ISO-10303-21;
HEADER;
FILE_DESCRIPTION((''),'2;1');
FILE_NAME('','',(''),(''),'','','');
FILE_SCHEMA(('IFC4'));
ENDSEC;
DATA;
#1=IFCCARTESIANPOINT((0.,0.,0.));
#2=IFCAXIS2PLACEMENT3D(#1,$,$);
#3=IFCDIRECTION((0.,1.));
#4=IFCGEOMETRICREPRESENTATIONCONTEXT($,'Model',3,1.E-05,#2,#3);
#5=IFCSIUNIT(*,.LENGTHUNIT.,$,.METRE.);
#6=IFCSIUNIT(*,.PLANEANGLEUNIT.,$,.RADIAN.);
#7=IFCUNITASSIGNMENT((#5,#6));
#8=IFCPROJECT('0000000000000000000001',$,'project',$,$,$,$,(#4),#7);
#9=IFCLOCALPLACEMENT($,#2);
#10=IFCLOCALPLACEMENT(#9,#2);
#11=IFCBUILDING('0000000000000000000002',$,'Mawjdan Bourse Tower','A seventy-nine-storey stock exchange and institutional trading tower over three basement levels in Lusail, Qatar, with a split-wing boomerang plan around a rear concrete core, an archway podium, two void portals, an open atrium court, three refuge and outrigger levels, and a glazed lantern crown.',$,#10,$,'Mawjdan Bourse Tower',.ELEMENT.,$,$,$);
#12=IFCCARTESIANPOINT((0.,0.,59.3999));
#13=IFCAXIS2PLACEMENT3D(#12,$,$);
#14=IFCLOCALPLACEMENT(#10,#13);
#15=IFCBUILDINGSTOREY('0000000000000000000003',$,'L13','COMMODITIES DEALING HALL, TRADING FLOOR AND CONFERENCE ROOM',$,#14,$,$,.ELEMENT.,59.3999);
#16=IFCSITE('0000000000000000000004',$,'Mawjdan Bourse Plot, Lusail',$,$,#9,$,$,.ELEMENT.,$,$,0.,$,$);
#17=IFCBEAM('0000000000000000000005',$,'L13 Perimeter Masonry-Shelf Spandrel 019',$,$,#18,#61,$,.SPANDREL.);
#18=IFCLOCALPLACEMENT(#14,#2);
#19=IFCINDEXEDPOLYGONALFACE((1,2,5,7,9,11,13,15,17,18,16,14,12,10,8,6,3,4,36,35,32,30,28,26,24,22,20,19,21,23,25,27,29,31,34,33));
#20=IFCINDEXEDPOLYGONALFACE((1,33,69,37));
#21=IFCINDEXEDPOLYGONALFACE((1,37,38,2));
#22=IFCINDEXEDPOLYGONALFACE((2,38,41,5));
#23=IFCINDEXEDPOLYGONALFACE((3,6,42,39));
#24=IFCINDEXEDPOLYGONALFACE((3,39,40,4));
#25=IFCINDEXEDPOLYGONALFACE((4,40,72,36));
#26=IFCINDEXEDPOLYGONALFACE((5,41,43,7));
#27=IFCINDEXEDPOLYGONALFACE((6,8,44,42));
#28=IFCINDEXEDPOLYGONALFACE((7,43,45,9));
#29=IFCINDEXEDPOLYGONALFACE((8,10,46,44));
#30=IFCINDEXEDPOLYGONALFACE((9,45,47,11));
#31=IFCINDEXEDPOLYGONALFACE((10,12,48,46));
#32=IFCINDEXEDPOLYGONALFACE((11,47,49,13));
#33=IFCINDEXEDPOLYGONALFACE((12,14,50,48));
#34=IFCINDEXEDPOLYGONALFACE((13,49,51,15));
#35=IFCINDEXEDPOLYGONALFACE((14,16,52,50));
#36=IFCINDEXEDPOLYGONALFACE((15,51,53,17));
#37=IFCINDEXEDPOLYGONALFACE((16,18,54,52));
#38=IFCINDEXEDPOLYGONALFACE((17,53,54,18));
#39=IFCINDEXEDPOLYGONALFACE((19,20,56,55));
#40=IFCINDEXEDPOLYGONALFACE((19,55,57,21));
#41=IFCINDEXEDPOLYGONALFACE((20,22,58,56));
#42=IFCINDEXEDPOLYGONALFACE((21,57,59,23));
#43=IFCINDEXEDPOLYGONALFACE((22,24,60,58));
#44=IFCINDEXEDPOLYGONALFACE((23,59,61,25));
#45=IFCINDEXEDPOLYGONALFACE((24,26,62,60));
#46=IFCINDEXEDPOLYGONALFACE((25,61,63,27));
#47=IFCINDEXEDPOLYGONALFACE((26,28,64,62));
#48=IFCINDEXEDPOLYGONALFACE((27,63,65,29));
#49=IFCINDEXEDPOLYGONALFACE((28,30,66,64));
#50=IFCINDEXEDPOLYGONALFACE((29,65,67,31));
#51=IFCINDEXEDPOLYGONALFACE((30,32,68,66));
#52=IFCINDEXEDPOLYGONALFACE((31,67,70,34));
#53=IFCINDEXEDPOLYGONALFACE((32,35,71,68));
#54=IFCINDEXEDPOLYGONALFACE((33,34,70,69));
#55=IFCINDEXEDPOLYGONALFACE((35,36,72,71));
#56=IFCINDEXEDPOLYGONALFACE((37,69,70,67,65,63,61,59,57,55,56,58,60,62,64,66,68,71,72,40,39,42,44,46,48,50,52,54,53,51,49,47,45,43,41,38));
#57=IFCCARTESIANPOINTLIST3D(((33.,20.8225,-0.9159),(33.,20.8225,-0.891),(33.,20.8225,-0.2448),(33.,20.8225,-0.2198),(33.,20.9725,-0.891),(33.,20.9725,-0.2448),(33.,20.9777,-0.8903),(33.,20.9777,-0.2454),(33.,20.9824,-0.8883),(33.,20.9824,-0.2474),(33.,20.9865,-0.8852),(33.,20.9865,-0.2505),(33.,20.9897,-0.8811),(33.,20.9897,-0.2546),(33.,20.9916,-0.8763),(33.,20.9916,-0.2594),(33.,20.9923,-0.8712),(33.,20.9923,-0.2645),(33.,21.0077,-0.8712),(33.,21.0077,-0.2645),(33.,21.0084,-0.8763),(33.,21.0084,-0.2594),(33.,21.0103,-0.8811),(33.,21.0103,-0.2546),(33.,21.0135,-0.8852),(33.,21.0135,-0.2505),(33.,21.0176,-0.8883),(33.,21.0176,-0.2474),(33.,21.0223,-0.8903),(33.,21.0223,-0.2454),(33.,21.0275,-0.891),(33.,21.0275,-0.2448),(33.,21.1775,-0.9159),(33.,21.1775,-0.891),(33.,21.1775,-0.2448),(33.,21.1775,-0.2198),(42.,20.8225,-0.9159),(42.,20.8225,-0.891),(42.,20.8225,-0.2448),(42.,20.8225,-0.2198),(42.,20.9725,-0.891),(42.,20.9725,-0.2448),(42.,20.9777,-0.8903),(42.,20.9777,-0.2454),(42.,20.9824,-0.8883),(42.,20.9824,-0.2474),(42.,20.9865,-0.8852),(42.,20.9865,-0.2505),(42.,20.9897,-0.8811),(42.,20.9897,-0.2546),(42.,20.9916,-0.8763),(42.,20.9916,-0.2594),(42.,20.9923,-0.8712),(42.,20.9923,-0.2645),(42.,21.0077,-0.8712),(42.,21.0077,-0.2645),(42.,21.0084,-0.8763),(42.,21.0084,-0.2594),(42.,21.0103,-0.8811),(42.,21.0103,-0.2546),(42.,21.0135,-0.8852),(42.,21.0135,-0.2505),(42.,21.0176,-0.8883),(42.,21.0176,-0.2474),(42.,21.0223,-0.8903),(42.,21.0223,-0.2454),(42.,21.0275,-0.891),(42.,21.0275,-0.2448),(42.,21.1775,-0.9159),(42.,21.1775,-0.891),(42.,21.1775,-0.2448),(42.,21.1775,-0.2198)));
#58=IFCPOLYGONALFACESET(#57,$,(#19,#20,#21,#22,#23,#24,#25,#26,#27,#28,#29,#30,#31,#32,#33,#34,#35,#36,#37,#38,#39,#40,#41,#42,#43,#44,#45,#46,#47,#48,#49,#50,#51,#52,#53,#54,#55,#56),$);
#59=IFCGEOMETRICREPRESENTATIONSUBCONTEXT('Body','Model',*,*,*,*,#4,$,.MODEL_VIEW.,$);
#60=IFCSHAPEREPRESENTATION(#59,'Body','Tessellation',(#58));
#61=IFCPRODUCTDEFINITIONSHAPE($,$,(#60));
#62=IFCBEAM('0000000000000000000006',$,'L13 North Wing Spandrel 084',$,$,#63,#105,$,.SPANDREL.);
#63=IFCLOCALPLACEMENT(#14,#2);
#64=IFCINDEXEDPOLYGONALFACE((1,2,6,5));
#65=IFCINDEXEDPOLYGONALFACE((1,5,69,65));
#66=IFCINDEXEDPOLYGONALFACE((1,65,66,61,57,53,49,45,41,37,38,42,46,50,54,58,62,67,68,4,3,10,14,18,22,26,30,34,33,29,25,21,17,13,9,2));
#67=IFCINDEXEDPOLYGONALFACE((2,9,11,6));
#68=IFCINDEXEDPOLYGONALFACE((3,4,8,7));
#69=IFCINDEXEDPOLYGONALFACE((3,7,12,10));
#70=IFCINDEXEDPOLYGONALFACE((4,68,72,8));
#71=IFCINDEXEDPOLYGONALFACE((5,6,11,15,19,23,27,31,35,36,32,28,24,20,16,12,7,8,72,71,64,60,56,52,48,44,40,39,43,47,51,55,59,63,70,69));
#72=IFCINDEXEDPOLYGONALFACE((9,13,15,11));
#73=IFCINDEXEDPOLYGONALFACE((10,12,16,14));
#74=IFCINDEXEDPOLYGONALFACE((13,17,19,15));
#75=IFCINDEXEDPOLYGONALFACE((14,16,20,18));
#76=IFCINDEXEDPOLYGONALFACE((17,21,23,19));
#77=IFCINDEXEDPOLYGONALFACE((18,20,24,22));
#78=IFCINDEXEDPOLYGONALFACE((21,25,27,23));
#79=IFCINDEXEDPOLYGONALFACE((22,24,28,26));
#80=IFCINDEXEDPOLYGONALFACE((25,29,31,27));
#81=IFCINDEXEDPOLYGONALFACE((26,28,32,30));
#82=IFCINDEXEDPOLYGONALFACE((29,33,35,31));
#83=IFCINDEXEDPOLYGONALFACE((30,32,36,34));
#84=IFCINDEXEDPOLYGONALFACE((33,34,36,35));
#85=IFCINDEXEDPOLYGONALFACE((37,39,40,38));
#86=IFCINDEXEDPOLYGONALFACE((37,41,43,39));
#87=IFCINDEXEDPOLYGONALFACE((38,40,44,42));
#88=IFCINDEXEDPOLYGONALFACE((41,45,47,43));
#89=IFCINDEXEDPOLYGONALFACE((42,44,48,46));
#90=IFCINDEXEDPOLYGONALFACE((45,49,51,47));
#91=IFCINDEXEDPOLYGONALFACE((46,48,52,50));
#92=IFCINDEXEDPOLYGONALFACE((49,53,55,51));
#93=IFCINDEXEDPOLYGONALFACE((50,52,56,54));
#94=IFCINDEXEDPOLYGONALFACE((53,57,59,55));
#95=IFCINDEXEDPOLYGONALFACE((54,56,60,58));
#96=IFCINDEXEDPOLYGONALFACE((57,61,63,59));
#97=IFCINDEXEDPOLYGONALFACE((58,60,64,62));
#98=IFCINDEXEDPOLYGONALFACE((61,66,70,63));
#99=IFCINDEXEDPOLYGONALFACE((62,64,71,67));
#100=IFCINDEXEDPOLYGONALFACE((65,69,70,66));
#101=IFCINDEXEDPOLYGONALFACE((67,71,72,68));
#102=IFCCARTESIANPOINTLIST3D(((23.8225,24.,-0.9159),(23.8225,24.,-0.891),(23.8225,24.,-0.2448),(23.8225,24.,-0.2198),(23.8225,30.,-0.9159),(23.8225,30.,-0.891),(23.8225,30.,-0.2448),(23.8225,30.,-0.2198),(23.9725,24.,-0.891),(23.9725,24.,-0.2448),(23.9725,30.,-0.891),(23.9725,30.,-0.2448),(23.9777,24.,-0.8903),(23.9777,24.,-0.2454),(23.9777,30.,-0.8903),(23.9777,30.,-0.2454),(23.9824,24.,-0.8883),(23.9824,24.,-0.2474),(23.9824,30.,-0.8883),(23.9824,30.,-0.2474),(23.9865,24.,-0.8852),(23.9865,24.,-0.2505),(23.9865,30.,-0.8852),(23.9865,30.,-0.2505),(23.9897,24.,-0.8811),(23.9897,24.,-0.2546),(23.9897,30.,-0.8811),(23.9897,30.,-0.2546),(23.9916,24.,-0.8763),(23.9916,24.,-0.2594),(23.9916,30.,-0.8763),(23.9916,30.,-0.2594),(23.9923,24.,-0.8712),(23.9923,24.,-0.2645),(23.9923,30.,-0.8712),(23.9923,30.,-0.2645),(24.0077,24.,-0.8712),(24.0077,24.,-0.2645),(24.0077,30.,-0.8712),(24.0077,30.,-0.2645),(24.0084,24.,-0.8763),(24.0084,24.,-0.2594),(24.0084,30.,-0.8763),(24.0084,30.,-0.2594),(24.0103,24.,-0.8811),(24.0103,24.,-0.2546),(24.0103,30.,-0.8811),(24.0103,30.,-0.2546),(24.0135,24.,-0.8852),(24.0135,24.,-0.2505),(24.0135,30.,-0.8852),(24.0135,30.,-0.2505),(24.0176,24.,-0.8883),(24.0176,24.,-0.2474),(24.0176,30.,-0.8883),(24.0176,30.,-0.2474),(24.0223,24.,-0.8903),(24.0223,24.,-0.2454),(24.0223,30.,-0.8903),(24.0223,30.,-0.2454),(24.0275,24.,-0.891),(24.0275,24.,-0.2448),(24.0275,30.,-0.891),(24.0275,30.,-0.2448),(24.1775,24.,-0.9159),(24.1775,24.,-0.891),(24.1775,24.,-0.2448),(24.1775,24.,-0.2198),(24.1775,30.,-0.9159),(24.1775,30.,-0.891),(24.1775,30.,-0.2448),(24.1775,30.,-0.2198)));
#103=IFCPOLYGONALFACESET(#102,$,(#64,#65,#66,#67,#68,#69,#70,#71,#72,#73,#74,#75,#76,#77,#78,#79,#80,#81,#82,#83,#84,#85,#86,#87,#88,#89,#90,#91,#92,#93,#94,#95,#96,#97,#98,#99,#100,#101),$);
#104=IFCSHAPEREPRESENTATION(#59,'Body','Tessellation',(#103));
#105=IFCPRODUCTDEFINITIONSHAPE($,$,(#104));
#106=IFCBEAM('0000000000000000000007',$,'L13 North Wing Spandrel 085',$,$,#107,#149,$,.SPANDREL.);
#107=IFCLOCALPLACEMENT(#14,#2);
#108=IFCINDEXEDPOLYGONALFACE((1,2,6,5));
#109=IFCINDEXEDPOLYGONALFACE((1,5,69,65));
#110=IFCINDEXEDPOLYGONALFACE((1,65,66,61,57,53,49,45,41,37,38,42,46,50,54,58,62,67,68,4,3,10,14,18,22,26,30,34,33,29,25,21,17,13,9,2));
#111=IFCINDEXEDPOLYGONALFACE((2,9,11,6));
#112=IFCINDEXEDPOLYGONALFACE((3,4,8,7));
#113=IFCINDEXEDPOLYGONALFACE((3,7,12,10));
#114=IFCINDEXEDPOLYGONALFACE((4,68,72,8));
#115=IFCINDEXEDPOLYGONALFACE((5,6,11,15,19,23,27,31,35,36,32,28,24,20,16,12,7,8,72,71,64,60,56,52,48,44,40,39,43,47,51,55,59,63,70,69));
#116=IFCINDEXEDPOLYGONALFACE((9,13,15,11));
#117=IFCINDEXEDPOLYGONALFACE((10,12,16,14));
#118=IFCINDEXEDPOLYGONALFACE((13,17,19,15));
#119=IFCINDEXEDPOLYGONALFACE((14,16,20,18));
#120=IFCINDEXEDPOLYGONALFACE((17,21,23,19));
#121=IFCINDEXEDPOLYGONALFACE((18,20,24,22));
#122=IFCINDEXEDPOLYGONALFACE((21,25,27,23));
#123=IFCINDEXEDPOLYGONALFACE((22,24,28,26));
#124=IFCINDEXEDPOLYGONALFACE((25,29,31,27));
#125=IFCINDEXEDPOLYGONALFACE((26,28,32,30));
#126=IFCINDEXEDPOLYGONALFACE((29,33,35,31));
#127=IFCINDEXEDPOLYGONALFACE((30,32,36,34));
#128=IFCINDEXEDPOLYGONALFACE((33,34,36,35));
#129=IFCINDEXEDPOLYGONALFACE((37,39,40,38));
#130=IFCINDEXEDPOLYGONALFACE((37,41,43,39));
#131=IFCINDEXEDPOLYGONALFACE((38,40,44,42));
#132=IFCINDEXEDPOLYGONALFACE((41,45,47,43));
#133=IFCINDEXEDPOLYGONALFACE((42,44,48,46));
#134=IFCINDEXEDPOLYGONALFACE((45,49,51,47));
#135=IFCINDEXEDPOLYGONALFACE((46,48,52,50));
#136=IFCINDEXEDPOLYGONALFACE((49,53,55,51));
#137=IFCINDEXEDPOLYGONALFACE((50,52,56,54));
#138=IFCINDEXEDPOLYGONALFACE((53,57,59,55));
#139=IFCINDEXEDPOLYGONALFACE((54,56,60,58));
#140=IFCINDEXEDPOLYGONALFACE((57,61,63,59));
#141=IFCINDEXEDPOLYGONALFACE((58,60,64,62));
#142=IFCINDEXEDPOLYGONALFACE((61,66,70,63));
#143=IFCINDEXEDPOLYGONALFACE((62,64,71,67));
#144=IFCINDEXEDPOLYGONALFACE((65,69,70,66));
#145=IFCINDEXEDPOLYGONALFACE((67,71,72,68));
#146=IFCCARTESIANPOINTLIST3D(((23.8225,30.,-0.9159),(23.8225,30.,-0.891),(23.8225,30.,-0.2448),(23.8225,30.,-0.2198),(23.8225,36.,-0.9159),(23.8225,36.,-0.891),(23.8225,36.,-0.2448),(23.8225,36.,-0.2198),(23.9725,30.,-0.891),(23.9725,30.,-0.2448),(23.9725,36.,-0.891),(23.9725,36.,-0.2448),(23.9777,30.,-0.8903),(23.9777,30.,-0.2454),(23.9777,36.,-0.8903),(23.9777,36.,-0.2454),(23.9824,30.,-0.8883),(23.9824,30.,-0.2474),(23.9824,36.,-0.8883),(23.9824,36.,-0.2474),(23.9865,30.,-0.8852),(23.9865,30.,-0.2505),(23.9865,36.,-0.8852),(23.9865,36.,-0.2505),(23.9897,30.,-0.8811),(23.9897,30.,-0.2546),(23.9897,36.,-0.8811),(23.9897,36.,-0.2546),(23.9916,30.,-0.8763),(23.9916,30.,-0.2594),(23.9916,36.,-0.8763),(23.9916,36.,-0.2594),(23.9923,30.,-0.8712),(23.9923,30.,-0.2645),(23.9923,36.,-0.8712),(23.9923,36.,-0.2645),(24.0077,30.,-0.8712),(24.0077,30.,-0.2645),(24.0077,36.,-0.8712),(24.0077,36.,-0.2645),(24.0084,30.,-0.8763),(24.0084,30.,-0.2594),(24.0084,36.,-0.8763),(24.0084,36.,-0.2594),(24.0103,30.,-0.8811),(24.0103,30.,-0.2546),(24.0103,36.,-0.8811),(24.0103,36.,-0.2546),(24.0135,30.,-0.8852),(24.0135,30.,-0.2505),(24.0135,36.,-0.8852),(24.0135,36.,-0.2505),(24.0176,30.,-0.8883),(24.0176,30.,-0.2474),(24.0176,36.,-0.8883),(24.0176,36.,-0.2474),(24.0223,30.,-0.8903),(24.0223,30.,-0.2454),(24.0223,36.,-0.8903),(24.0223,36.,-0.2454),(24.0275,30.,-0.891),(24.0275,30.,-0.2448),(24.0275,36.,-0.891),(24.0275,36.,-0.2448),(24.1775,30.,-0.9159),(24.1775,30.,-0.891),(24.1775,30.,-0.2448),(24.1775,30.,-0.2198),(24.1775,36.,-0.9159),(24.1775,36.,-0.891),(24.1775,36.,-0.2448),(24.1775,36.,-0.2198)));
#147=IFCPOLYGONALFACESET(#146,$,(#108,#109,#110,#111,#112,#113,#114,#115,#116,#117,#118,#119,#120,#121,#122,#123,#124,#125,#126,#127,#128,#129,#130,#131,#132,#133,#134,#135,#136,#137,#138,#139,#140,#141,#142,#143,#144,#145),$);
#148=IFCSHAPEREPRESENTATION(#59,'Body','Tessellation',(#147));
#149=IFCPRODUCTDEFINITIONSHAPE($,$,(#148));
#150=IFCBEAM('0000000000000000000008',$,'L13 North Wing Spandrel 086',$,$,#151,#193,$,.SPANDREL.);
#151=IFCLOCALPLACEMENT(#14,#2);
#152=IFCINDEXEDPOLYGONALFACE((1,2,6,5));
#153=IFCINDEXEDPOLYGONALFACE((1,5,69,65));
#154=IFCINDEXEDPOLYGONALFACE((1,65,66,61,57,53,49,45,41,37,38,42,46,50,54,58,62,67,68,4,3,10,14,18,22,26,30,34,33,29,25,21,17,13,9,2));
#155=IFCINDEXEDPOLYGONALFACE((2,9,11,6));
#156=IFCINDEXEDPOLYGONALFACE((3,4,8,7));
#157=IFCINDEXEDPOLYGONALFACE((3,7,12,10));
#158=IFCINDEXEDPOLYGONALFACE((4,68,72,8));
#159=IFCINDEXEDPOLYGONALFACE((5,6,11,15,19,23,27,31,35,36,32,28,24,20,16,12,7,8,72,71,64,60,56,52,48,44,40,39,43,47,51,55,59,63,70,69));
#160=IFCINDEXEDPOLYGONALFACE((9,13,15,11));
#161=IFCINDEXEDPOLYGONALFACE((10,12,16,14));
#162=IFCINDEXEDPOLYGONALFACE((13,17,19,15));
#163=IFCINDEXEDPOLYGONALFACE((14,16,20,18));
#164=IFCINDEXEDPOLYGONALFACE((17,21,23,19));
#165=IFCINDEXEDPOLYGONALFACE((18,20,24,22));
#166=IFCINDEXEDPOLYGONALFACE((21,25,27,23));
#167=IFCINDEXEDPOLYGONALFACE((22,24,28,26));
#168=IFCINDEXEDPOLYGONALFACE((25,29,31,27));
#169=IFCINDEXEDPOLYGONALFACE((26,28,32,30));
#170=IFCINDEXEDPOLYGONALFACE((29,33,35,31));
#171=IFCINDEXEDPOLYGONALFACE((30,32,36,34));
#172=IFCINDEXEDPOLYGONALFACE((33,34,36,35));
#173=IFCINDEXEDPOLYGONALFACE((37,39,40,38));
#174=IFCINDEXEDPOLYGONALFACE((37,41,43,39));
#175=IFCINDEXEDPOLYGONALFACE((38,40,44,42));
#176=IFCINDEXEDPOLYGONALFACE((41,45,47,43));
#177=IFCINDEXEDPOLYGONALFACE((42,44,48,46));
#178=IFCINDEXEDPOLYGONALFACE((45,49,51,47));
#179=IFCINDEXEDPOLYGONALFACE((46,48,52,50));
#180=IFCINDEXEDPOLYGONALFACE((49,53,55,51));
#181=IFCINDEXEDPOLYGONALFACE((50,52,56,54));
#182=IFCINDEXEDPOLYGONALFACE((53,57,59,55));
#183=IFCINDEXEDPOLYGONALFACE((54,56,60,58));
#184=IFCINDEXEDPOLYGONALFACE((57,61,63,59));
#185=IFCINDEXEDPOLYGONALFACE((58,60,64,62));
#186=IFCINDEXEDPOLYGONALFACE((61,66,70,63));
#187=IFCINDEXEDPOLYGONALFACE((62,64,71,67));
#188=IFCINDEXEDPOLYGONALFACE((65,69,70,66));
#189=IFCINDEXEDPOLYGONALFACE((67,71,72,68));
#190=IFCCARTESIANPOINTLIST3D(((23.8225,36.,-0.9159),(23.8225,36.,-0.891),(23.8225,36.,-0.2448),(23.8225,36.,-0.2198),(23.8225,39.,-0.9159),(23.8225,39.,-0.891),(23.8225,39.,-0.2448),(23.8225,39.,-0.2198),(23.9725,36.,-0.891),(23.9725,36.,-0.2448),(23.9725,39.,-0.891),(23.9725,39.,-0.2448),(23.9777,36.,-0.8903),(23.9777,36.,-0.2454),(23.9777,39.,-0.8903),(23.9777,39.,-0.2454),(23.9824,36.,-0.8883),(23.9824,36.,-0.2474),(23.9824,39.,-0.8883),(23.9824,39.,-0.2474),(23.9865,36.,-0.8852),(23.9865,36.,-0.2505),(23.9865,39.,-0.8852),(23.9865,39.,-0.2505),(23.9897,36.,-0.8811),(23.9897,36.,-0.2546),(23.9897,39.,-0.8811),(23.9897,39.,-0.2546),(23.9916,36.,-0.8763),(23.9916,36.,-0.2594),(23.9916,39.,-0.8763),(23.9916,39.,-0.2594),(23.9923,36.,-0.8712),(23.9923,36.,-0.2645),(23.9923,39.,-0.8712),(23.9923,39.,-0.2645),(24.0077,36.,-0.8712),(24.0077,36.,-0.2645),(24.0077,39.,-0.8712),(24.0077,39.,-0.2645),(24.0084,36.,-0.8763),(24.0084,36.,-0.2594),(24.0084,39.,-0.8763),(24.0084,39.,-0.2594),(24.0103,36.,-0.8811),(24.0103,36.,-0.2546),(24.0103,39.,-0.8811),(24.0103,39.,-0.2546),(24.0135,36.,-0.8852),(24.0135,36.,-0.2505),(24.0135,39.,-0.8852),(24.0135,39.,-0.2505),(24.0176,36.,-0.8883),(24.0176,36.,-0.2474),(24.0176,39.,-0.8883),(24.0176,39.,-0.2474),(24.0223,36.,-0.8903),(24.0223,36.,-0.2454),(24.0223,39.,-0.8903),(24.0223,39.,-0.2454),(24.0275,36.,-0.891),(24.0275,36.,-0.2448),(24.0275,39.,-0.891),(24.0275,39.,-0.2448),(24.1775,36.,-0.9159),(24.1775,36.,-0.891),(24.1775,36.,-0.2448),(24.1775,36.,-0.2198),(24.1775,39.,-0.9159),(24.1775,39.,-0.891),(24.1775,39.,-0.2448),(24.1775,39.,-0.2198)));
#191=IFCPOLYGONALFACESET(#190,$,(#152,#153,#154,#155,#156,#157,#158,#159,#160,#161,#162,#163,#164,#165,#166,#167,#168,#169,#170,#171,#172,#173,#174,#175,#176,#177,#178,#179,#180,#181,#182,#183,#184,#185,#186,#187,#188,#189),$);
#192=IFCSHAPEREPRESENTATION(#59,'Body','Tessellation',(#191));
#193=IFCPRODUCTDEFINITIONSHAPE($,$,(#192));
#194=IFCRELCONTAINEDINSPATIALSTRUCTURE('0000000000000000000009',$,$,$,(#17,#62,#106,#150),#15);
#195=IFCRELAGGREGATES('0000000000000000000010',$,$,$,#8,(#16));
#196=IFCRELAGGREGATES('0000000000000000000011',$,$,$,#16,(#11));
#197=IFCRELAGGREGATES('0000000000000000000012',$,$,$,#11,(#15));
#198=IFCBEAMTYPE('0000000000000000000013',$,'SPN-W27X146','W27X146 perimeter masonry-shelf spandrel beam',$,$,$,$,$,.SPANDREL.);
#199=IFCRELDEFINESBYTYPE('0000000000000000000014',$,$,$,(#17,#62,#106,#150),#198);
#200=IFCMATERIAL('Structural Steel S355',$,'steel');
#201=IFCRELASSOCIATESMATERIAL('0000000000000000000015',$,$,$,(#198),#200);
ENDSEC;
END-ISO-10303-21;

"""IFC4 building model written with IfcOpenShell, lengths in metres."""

from ifc_helpers import new_model, si_unit, direction, frame, origin, origin_2d, place, context, subcontext, project, spatial, i_section, extrude, material, material_profile, profile_set, type_object, element, save


model = new_model("IFC4")

# Units and contexts
model_context = context("Model", 3, precision=1e-05, world=origin(), true_north=direction((0.0, 1.0)))
body_context = subcontext(model_context, "Body", "Model", "MODEL_VIEW")
ifc_project = project(units=[si_unit("LENGTHUNIT", "METRE"), si_unit("PLANEANGLEUNIT", "RADIAN")], contexts=[model_context])

# Site, building, storey
site_placement = place(None, origin())
site = spatial("IfcSite", under=ifc_project, at=site_placement, Name="Mawjdan Bourse Plot, Lusail", CompositionType="ELEMENT", RefElevation=0.0)
building_placement = place(site_placement, origin())
building = spatial("IfcBuilding", under=site, at=building_placement, Name="Mawjdan Bourse Tower", Description="A seventy-nine-storey stock exchange and institutional trading tower over three basement levels in Lusail, Qatar, with a split-wing boomerang plan around a rear concrete core, an archway podium, two void portals, an open atrium court, three refuge and outrigger levels, and a glazed lantern crown.", LongName="Mawjdan Bourse Tower", CompositionType="ELEMENT")
storey_placement = place(building_placement, frame((0.0, 0.0, 59.3999)))
storey = spatial("IfcBuildingStorey", under=building, at=storey_placement, Name="L13", Description="COMMODITIES DEALING HALL, TRADING FLOOR AND CONFERENCE ROOM", CompositionType="ELEMENT", Elevation=59.3999)

# Beams
ifc_material_1 = material(Name="Structural Steel S355", Category="steel")
ifc_material_profile_1 = material_profile(ifc_material_1, i_section(OverallWidth=0.355, OverallDepth=0.696, WebThickness=0.0154, FlangeThickness=0.0249, FilletRadius=0.0198, at=origin_2d()), Name="W27X146")
ifc_profile_set_1 = profile_set([ifc_material_profile_1], Name="Structural Steel S355")
beam_type_1 = type_object("IfcBeamType", Name="SPN-W27X146", Description="W27X146 perimeter masonry-shelf spandrel beam", PredefinedType="SPANDREL", material=ifc_profile_set_1)
beam_1_placement = place(storey_placement, frame((33.0, 21.0, -0.5679), z_axis=(1.0, 0.0, 0.0), x_axis=(0.0, 1.0, 0.0)))
element("IfcBeam", 1, at=beam_1_placement, inside=storey, type_object=beam_type_1, Name="L13 Perimeter Masonry-Shelf Spandrel 019", PredefinedType="SPANDREL", context=body_context, shape_type="SweptSolid", body=[
    extrude(i_section(OverallWidth=0.355, OverallDepth=0.696, WebThickness=0.0154, FlangeThickness=0.0249, FilletRadius=0.0198, at=origin_2d()), origin(), (0.0, 0.0, 1.0), 9.0),
])
for number, where, z_axis, x_axis, name in (
    (2, (24.0, 24.0, -0.5679), (0.0, 1.0, 0.0), (-1.0, 0.0, 0.0), "L13 North Wing Spandrel 084"),
    (3, (24.0, 30.0, -0.5679), (0.0, 1.0, 0.0), (-1.0, 0.0, 0.0), "L13 North Wing Spandrel 085"),
):
    element("IfcBeam", number, at=place(storey_placement, frame(where, z_axis=z_axis, x_axis=x_axis)), inside=storey, type_object=beam_type_1, Name=name, PredefinedType="SPANDREL", context=body_context, shape_type="SweptSolid", body=[
        extrude(i_section(OverallWidth=0.355, OverallDepth=0.696, WebThickness=0.0154, FlangeThickness=0.0249, FilletRadius=0.0198, at=origin_2d()), origin(), (0.0, 0.0, 1.0), 6.0),
    ])
for number, where, z_axis, x_axis, name in (
    (4, (24.0, 36.0, -0.5679), (0.0, 1.0, 0.0), (-1.0, 0.0, 0.0), "L13 North Wing Spandrel 086"),
):
    element("IfcBeam", number, at=place(storey_placement, frame(where, z_axis=z_axis, x_axis=x_axis)), inside=storey, type_object=beam_type_1, Name=name, PredefinedType="SPANDREL", context=body_context, shape_type="SweptSolid", body=[
        extrude(i_section(OverallWidth=0.355, OverallDepth=0.696, WebThickness=0.0154, FlangeThickness=0.0249, FilletRadius=0.0198, at=origin_2d()), origin(), (0.0, 0.0, 1.0), 3.0),
    ])

save(model, "model.ifc")
